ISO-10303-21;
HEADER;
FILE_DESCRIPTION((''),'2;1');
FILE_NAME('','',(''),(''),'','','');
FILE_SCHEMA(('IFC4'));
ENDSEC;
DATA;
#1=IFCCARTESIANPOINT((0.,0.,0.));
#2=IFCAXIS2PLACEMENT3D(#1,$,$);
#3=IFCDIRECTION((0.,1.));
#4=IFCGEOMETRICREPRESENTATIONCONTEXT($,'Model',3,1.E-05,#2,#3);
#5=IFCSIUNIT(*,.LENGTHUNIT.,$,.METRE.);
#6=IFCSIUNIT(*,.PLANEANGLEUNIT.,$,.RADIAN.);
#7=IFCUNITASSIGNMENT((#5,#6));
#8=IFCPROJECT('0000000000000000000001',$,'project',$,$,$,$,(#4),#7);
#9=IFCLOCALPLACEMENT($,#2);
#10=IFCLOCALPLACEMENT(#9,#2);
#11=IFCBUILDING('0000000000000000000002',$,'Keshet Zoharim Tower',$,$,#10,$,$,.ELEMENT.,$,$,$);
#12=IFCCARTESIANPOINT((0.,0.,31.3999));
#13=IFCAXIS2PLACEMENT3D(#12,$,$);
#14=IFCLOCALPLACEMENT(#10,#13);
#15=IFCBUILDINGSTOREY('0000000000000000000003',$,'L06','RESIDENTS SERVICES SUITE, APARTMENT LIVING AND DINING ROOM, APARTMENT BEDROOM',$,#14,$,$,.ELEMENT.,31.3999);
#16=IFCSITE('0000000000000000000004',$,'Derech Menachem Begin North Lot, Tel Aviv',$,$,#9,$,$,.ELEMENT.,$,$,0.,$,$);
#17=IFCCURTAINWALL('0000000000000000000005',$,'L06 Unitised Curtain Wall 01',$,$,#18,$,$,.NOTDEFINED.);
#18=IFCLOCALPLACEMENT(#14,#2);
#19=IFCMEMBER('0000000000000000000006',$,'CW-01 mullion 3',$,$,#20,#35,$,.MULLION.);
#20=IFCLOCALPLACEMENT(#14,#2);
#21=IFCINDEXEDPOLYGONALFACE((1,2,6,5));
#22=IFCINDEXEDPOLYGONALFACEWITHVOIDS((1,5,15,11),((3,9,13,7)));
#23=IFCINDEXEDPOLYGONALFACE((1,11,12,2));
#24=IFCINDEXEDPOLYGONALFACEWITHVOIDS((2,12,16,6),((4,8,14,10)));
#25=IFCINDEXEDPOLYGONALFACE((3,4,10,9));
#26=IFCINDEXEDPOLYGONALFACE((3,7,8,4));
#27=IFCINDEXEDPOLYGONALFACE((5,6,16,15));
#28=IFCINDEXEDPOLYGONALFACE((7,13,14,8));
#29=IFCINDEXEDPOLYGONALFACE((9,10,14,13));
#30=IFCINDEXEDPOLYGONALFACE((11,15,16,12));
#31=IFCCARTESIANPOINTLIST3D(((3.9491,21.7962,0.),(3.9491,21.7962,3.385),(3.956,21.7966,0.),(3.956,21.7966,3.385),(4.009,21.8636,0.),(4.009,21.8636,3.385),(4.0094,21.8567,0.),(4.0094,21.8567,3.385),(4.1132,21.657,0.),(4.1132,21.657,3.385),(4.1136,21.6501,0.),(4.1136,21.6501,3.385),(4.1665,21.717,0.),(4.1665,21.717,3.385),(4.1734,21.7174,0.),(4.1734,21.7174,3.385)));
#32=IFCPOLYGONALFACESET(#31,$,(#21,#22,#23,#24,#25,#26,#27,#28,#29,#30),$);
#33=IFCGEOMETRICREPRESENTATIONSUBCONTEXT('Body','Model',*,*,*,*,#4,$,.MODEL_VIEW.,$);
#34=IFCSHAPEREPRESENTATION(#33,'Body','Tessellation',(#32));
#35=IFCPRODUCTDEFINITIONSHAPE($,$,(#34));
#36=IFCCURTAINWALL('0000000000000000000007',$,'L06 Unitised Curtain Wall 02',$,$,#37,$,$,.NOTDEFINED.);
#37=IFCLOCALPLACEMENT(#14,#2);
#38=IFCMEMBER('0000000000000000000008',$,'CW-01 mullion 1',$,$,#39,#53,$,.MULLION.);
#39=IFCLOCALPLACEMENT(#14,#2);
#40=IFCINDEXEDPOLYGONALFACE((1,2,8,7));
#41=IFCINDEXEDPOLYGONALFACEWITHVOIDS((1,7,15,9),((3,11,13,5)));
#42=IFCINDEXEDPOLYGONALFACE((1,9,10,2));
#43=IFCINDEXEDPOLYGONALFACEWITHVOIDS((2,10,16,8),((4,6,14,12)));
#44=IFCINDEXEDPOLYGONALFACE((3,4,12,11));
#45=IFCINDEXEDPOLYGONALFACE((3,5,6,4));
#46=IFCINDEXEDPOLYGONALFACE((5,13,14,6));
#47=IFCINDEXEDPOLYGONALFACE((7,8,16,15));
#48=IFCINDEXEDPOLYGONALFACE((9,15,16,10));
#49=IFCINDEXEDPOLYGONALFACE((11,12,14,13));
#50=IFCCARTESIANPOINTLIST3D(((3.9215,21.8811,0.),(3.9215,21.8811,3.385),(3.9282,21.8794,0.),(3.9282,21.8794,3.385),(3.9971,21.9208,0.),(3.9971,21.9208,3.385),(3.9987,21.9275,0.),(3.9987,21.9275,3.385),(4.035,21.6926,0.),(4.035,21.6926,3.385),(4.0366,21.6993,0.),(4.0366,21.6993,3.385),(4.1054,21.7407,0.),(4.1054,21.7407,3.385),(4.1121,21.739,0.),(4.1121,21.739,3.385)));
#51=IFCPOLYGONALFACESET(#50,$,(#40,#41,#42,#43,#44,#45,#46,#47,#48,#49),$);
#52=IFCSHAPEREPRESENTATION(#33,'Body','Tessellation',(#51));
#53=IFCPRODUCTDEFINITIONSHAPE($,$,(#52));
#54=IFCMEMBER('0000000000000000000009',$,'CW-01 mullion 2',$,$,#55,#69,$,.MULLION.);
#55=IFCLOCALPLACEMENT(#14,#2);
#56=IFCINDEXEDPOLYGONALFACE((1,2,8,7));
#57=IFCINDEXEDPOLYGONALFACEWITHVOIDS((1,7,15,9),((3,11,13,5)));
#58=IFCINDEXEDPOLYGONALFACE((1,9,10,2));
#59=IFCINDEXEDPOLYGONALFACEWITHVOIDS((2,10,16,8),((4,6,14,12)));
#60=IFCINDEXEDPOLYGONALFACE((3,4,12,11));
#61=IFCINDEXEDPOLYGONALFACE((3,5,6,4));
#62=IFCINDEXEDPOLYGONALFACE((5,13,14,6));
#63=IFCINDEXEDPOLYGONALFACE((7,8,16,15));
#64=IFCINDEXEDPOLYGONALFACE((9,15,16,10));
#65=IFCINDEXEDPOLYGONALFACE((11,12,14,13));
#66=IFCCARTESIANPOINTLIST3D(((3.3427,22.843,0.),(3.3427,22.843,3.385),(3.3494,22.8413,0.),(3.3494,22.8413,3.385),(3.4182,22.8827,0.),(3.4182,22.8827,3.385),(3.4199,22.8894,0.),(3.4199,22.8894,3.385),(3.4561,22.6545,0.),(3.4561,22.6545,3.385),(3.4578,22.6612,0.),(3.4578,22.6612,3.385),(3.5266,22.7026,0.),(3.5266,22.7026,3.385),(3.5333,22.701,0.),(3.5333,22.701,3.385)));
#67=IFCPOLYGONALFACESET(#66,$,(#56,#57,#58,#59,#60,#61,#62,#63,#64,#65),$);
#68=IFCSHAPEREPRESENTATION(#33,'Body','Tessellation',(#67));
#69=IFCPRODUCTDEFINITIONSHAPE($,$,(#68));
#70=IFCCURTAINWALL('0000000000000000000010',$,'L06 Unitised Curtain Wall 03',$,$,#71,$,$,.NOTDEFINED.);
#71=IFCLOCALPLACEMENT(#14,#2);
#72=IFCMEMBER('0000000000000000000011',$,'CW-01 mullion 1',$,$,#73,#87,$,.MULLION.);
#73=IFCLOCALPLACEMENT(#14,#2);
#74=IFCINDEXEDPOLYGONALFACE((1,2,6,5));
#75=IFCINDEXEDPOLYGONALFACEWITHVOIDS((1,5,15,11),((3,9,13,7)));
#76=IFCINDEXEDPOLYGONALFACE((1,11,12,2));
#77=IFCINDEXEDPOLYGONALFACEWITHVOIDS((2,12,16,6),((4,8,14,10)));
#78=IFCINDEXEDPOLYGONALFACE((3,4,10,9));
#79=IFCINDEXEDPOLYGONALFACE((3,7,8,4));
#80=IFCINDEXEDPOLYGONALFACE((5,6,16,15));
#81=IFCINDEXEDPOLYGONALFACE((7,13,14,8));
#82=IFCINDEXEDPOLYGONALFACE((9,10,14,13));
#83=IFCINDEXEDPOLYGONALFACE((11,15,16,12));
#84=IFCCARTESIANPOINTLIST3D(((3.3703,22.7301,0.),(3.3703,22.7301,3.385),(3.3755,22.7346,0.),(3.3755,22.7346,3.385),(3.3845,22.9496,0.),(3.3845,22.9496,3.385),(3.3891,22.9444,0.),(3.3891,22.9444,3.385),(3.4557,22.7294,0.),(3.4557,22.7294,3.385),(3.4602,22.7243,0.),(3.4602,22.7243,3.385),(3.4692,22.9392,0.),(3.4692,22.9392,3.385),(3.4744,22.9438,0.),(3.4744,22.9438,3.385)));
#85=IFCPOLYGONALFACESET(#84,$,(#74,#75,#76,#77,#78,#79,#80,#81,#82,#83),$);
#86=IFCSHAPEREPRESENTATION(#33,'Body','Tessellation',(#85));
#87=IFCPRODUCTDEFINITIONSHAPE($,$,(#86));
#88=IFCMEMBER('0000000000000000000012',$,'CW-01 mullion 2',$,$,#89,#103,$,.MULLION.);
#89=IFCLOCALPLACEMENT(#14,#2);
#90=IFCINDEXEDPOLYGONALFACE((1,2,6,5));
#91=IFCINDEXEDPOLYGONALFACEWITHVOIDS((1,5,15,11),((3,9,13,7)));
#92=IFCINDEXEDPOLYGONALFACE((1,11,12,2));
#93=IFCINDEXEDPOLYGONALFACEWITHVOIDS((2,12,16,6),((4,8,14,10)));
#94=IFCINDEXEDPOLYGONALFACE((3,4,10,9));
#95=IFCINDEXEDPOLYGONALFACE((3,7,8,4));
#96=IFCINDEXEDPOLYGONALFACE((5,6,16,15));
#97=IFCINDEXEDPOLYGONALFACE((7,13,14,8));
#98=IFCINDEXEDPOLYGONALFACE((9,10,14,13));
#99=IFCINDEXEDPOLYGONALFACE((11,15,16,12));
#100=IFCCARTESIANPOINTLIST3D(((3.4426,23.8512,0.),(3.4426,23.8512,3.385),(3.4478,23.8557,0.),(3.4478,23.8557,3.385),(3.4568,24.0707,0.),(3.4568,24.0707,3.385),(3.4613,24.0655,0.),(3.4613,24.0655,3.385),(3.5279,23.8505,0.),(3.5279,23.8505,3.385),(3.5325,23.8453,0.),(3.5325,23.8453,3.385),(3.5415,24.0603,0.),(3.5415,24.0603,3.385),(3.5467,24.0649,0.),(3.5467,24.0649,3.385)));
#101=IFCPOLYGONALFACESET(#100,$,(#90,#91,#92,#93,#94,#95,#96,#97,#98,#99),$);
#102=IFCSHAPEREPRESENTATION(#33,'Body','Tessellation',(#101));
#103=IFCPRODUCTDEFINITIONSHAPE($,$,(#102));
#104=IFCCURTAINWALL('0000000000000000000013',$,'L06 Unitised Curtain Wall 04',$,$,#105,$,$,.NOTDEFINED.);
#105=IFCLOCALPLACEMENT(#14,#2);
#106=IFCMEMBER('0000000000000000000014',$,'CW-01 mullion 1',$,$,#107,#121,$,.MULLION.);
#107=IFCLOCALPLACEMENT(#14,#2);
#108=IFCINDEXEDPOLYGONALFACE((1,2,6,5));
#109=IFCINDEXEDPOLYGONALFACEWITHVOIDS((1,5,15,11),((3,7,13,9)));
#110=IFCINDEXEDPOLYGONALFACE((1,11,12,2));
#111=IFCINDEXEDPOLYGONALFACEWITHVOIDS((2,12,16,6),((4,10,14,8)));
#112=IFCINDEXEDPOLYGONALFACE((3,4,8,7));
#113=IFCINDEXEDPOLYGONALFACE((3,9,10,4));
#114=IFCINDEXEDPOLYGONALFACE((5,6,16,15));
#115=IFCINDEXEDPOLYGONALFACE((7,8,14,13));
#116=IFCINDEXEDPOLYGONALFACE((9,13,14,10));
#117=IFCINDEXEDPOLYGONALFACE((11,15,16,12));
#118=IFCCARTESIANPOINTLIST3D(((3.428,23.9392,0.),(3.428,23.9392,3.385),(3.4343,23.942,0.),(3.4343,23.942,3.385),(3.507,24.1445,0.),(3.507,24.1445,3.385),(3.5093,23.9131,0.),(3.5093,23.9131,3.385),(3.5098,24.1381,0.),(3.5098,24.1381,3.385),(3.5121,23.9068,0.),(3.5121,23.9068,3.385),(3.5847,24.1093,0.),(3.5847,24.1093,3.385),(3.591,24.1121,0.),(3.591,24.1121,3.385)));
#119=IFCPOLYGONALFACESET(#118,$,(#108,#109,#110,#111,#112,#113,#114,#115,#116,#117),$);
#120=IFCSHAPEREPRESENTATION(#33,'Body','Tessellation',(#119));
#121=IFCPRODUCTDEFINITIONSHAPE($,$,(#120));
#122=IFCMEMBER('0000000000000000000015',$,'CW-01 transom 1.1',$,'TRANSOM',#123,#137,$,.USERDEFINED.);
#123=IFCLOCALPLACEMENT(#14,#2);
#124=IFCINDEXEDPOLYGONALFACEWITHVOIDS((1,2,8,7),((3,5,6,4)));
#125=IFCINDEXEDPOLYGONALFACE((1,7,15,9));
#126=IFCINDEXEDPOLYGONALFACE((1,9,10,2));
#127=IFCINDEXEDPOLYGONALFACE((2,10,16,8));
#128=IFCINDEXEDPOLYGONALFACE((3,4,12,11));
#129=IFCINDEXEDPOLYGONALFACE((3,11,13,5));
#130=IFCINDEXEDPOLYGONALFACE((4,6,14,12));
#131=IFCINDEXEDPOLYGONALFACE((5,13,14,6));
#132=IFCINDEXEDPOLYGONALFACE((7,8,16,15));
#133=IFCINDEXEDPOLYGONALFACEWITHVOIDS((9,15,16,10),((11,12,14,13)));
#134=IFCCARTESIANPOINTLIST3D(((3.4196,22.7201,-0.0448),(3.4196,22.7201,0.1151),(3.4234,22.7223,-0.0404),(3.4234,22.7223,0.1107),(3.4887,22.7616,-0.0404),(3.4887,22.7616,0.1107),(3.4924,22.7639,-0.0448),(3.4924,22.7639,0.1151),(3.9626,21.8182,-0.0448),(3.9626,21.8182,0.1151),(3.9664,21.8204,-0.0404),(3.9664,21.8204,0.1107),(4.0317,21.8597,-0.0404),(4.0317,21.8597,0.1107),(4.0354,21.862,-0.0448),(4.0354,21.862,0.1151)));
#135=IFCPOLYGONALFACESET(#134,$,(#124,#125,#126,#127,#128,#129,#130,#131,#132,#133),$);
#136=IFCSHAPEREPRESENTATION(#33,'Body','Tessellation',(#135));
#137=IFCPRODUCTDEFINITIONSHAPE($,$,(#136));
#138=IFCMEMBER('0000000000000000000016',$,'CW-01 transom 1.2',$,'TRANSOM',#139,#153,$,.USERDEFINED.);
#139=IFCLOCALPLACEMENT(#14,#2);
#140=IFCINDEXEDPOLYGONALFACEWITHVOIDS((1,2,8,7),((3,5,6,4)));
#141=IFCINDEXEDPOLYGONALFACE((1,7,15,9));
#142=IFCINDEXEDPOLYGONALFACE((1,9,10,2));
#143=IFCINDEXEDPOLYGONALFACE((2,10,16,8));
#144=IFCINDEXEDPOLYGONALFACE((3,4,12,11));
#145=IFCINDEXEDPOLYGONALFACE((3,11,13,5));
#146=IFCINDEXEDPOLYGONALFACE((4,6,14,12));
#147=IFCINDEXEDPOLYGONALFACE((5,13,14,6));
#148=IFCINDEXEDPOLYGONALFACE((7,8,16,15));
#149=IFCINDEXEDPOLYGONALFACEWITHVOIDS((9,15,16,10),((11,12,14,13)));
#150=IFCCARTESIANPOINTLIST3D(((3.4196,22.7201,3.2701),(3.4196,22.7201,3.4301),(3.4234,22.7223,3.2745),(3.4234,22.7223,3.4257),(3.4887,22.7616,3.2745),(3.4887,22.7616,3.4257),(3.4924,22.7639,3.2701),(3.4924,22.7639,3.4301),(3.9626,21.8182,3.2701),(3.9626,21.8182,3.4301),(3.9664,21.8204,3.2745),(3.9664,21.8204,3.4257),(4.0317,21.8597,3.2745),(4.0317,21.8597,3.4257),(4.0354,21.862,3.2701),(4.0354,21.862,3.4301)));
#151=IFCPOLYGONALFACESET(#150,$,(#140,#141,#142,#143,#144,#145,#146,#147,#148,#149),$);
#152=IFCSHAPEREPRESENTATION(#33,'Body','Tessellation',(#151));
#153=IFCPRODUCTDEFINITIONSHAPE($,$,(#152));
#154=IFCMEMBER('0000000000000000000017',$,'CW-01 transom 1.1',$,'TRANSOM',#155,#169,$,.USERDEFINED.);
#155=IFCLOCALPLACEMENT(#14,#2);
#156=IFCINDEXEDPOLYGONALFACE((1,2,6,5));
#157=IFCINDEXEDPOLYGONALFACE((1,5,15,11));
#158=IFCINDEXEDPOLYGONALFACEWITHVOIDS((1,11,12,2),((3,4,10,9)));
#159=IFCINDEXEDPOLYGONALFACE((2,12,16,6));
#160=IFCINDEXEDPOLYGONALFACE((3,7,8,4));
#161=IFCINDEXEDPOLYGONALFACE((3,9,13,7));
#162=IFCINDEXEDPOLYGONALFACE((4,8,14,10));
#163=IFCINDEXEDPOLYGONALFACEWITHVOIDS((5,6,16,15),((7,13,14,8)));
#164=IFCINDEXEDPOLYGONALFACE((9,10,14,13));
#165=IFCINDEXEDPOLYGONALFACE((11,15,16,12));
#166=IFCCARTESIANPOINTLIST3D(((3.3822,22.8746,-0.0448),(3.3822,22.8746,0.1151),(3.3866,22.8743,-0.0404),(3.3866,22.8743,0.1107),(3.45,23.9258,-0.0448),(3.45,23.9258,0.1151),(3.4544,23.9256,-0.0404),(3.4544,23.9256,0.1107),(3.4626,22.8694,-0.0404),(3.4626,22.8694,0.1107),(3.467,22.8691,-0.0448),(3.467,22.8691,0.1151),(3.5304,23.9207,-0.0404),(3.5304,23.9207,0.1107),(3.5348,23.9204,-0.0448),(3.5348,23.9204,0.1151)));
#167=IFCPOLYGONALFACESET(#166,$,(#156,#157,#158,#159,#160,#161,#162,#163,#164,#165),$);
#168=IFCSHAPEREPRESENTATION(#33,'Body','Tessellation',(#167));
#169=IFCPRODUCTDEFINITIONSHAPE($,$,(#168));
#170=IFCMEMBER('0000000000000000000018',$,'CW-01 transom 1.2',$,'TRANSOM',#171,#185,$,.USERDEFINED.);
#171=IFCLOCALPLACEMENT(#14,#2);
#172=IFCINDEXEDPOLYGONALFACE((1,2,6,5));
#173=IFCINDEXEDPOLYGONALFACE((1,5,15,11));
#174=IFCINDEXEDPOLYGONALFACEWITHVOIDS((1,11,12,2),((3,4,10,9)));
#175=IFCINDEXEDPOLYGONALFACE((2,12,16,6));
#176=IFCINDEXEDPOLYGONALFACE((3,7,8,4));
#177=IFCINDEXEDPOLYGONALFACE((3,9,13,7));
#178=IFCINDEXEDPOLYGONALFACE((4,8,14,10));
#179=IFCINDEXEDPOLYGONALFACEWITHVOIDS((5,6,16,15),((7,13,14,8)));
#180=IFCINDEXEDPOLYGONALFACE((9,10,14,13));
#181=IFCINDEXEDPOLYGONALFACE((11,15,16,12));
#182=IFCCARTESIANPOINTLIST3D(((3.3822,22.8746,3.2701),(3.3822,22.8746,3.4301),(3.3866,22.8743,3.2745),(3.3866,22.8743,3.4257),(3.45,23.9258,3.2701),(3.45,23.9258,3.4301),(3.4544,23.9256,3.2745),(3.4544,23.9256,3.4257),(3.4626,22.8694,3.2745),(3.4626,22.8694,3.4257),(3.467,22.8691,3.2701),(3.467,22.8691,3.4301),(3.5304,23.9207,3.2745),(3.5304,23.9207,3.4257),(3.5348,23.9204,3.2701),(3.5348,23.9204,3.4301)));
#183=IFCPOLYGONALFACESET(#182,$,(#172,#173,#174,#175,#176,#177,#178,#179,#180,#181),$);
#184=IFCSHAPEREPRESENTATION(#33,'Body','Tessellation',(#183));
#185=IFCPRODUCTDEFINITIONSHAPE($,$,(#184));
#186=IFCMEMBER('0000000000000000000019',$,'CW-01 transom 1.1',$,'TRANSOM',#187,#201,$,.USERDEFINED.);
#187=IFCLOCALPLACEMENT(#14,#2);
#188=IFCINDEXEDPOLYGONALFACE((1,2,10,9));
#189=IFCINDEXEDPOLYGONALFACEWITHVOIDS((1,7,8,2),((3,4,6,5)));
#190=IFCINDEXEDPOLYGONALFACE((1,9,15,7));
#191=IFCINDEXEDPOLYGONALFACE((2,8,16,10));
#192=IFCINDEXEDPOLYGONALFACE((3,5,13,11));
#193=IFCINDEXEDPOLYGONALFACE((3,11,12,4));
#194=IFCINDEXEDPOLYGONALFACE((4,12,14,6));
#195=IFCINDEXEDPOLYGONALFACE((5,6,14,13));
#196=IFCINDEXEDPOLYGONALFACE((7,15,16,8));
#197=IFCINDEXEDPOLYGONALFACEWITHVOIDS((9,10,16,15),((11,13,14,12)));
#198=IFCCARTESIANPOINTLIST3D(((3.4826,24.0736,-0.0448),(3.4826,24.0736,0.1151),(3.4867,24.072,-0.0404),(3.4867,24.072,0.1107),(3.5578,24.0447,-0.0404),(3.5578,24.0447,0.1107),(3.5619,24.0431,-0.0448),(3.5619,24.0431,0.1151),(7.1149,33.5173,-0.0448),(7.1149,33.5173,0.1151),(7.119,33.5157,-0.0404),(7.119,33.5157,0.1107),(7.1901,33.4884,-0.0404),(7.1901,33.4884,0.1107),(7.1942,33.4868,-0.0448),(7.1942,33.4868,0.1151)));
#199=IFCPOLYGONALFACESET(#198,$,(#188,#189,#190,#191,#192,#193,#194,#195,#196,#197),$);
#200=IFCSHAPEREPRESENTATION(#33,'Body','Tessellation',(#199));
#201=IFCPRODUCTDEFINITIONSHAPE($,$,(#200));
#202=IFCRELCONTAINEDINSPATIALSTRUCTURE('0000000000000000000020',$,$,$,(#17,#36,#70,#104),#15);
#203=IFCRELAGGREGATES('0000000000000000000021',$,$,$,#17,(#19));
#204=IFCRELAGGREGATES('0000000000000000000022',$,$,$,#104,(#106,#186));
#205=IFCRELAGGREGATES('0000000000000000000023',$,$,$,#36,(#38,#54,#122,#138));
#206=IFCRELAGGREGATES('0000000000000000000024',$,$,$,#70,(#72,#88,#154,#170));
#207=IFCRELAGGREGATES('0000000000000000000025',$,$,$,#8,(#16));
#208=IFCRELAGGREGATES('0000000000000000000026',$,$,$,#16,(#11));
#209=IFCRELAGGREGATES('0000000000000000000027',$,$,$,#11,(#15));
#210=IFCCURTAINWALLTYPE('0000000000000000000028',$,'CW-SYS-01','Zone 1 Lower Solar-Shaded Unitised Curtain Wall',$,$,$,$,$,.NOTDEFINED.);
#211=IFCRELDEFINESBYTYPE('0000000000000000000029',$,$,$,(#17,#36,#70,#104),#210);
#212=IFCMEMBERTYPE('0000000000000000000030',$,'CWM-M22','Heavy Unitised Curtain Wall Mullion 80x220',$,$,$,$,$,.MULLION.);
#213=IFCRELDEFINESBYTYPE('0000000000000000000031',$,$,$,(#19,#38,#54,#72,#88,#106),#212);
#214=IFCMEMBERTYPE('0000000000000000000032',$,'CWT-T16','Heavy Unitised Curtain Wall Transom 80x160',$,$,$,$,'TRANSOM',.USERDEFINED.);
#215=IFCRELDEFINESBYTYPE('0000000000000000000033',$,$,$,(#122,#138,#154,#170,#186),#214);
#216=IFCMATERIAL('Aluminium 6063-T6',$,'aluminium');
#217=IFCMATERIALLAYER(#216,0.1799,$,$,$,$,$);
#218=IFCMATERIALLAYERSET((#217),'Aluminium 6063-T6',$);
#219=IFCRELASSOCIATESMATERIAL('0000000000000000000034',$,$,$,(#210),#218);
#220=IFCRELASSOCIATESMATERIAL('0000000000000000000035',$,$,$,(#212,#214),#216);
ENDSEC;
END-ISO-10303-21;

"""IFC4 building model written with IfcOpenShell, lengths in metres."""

from ifc_helpers import new_model, si_unit, direction, frame, origin, origin_2d, place, context, subcontext, project, spatial, hollow_rectangle, extrude, material, layer, layer_set, material_profile, profile_set, type_object, element, aggregate, save


model = new_model("IFC4")

# Units and contexts
model_context = context("Model", 3, precision=1e-05, world=origin(), true_north=direction((0.0, 1.0)))
body_context = subcontext(model_context, "Body", "Model", "MODEL_VIEW")
ifc_project = project(units=[si_unit("LENGTHUNIT", "METRE"), si_unit("PLANEANGLEUNIT", "RADIAN")], contexts=[model_context])

# Site, building, storey
site_placement = place(None, origin())
site = spatial("IfcSite", under=ifc_project, at=site_placement, Name="Derech Menachem Begin North Lot, Tel Aviv", CompositionType="ELEMENT", RefElevation=0.0)
building_placement = place(site_placement, origin())
building = spatial("IfcBuilding", under=site, at=building_placement, Name="Keshet Zoharim Tower", CompositionType="ELEMENT")
storey_placement = place(building_placement, frame((0.0, 0.0, 31.3999)))
storey = spatial("IfcBuildingStorey", under=building, at=storey_placement, Name="L06", Description="RESIDENTS SERVICES SUITE, APARTMENT LIVING AND DINING ROOM, APARTMENT BEDROOM", CompositionType="ELEMENT", Elevation=31.3999)

# Curtain wall, member
ifc_material_1 = material(Name="Aluminium 6063-T6", Category="aluminium")
ifc_layer_1 = layer(ifc_material_1, 0.1799)
ifc_layer_set_1 = layer_set([ifc_layer_1], Name="Aluminium 6063-T6")
curtain_wall_type = type_object("IfcCurtainWallType", Name="CW-SYS-01", Description="Zone 1 Lower Solar-Shaded Unitised Curtain Wall", PredefinedType="NOTDEFINED", material=ifc_layer_set_1)
curtain_wall_1_placement = place(storey_placement, origin())
curtain_wall_1 = element("IfcCurtainWall", 1, at=curtain_wall_1_placement, inside=storey, type_object=curtain_wall_type, Name="L06 Unitised Curtain Wall 01", PredefinedType="NOTDEFINED")
ifc_material_profile_1 = material_profile(ifc_material_1, hollow_rectangle(XDim=0.0901, YDim=0.22, WallThickness=0.0049, at=origin_2d()), Name="MUL-90x220")
ifc_profile_set_1 = profile_set([ifc_material_profile_1], Name="Aluminium 6063-T6")
member_type_1 = type_object("IfcMemberType", Name="CWM-M22", Description="Heavy Unitised Curtain Wall Mullion 80x220", PredefinedType="MULLION", material=ifc_profile_set_1)
member_1_placement = place(storey_placement, frame((4.0613, 21.7568, 0.0), z_axis=(0.0, 0.0, 1.0), x_axis=(-0.664364, -0.747409, 0.0)))
member_1 = element("IfcMember", 2, at=member_1_placement, type_object=member_type_1, Name="CW-01 mullion 3", PredefinedType="MULLION", context=body_context, shape_type="SweptSolid", body=[
    extrude(hollow_rectangle(XDim=0.0901, YDim=0.22, WallThickness=0.0049, at=origin_2d()), origin(), (0.0, 0.0, 1.0), 3.385),
])
aggregate(curtain_wall_1, [member_1])

# Curtain walls, members
curtain_wall_2_placement = place(storey_placement, origin())
curtain_wall_2 = element("IfcCurtainWall", 3, at=curtain_wall_2_placement, inside=storey, type_object=curtain_wall_type, Name="L06 Unitised Curtain Wall 02", PredefinedType="NOTDEFINED")
member_2_placement = place(storey_placement, frame((4.0168, 21.8101, 0.0), z_axis=(0.0, 0.0, 1.0), x_axis=(-0.856826, -0.515605, 0.0)))
member_2 = element("IfcMember", 4, at=member_2_placement, type_object=member_type_1, Name="CW-01 mullion 1", PredefinedType="MULLION", context=body_context, shape_type="SweptSolid", body=[
    extrude(hollow_rectangle(XDim=0.0901, YDim=0.22, WallThickness=0.0049, at=origin_2d()), origin(), (0.0, 0.0, 1.0), 3.385),
])
member_3_placement = place(storey_placement, frame((3.438, 22.772, 0.0), z_axis=(0.0, 0.0, 1.0), x_axis=(-0.856826, -0.515605, 0.0)))
member_3 = element("IfcMember", 5, at=member_3_placement, type_object=member_type_1, Name="CW-01 mullion 2", PredefinedType="MULLION", context=body_context, shape_type="SweptSolid", body=[
    extrude(hollow_rectangle(XDim=0.0901, YDim=0.22, WallThickness=0.0049, at=origin_2d()), origin(), (0.0, 0.0, 1.0), 3.385),
])
curtain_wall_3_placement = place(storey_placement, origin())
curtain_wall_3 = element("IfcCurtainWall", 6, at=curtain_wall_3_placement, inside=storey, type_object=curtain_wall_type, Name="L06 Unitised Curtain Wall 03", PredefinedType="NOTDEFINED")
member_4_placement = place(storey_placement, frame((3.4224, 22.8369, 0.0), z_axis=(0.0, 0.0, 1.0), x_axis=(-0.997917, 0.064517, 0.0)))
member_4 = element("IfcMember", 7, at=member_4_placement, type_object=member_type_1, Name="CW-01 mullion 1", PredefinedType="MULLION", context=body_context, shape_type="SweptSolid", body=[
    extrude(hollow_rectangle(XDim=0.0901, YDim=0.22, WallThickness=0.0049, at=origin_2d()), origin(), (0.0, 0.0, 1.0), 3.385),
])
member_5_placement = place(storey_placement, frame((3.4946, 23.958, 0.0), z_axis=(0.0, 0.0, 1.0), x_axis=(-0.997917, 0.064517, 0.0)))
member_5 = element("IfcMember", 8, at=member_5_placement, type_object=member_type_1, Name="CW-01 mullion 2", PredefinedType="MULLION", context=body_context, shape_type="SweptSolid", body=[
    extrude(hollow_rectangle(XDim=0.0901, YDim=0.22, WallThickness=0.0049, at=origin_2d()), origin(), (0.0, 0.0, 1.0), 3.385),
])

# Curtain wall, member
curtain_wall_4_placement = place(storey_placement, origin())
curtain_wall_4 = element("IfcCurtainWall", 9, at=curtain_wall_4_placement, inside=storey, type_object=curtain_wall_type, Name="L06 Unitised Curtain Wall 04", PredefinedType="NOTDEFINED")
member_6_placement = place(storey_placement, frame((3.5095, 24.0256, 0.0), z_axis=(0.0, 0.0, 1.0), x_axis=(-0.933341, 0.35899, 0.0)))
member_6 = element("IfcMember", 10, at=member_6_placement, type_object=member_type_1, Name="CW-01 mullion 1", PredefinedType="MULLION", context=body_context, shape_type="SweptSolid", body=[
    extrude(hollow_rectangle(XDim=0.0901, YDim=0.22, WallThickness=0.0049, at=origin_2d()), origin(), (0.0, 0.0, 1.0), 3.385),
])

# Members
ifc_material_profile_2 = material_profile(ifc_material_1, hollow_rectangle(XDim=0.085, YDim=0.1599, WallThickness=0.0044, at=origin_2d()), Name="TRN-85x160")
ifc_profile_set_2 = profile_set([ifc_material_profile_2], Name="Aluminium 6063-T6")
member_type_2 = type_object("IfcMemberType", Name="CWT-T16", Description="Heavy Unitised Curtain Wall Transom 80x160", ElementType="TRANSOM", PredefinedType="USERDEFINED", material=ifc_profile_set_2)
member_7_placement = place(storey_placement, frame((3.999, 21.8401, 0.0352), z_axis=(-0.515791, 0.856714, 0.0), x_axis=(-0.856714, -0.515791, 0.0)))
member_7 = element("IfcMember", 11, at=member_7_placement, type_object=member_type_2, Name="CW-01 transom 1.1", ObjectType="TRANSOM", PredefinedType="USERDEFINED", context=body_context, shape_type="SweptSolid", body=[
    extrude(hollow_rectangle(XDim=0.085, YDim=0.1599, WallThickness=0.0044, at=origin_2d()), origin(), (0.0, 0.0, 1.0), 1.0527),
])
member_8_placement = place(storey_placement, frame((3.999, 21.8401, 3.3501), z_axis=(-0.515791, 0.856714, 0.0), x_axis=(-0.856714, -0.515791, 0.0)))
member_8 = element("IfcMember", 12, at=member_8_placement, type_object=member_type_2, Name="CW-01 transom 1.2", ObjectType="TRANSOM", PredefinedType="USERDEFINED", context=body_context, shape_type="SweptSolid", body=[
    extrude(hollow_rectangle(XDim=0.085, YDim=0.1599, WallThickness=0.0044, at=origin_2d()), origin(), (0.0, 0.0, 1.0), 1.0527),
])
member_9_placement = place(storey_placement, frame((3.4246, 22.8718, 0.0352), z_axis=(0.064427, 0.997922, 0.0), x_axis=(-0.997922, 0.064427, 0.0)))
member_9 = element("IfcMember", 13, at=member_9_placement, type_object=member_type_2, Name="CW-01 transom 1.1", ObjectType="TRANSOM", PredefinedType="USERDEFINED", context=body_context, shape_type="SweptSolid", body=[
    extrude(hollow_rectangle(XDim=0.085, YDim=0.1599, WallThickness=0.0044, at=origin_2d()), origin(), (0.0, 0.0, 1.0), 1.0535),
])
member_10_placement = place(storey_placement, frame((3.4246, 22.8718, 3.3501), z_axis=(0.064427, 0.997922, 0.0), x_axis=(-0.997922, 0.064427, 0.0)))
member_10 = element("IfcMember", 14, at=member_10_placement, type_object=member_type_2, Name="CW-01 transom 1.2", ObjectType="TRANSOM", PredefinedType="USERDEFINED", context=body_context, shape_type="SweptSolid", body=[
    extrude(hollow_rectangle(XDim=0.085, YDim=0.1599, WallThickness=0.0044, at=origin_2d()), origin(), (0.0, 0.0, 1.0), 1.0535),
])
member_11_placement = place(storey_placement, frame((3.5222, 24.0583, 0.0352), z_axis=(0.358994, 0.93334, 0.0), x_axis=(-0.93334, 0.358994, 0.0)))
member_11 = element("IfcMember", 15, at=member_11_placement, type_object=member_type_2, Name="CW-01 transom 1.1", ObjectType="TRANSOM", PredefinedType="USERDEFINED", context=body_context, shape_type="SweptSolid", body=[
    extrude(hollow_rectangle(XDim=0.085, YDim=0.1599, WallThickness=0.0044, at=origin_2d()), origin(), (0.0, 0.0, 1.0), 10.1182),
])
aggregate(curtain_wall_4, [member_6, member_11])

aggregate(curtain_wall_2, [member_2, member_3, member_7, member_8])
aggregate(curtain_wall_3, [member_4, member_5, member_9, member_10])

save(model, "model.ifc")
